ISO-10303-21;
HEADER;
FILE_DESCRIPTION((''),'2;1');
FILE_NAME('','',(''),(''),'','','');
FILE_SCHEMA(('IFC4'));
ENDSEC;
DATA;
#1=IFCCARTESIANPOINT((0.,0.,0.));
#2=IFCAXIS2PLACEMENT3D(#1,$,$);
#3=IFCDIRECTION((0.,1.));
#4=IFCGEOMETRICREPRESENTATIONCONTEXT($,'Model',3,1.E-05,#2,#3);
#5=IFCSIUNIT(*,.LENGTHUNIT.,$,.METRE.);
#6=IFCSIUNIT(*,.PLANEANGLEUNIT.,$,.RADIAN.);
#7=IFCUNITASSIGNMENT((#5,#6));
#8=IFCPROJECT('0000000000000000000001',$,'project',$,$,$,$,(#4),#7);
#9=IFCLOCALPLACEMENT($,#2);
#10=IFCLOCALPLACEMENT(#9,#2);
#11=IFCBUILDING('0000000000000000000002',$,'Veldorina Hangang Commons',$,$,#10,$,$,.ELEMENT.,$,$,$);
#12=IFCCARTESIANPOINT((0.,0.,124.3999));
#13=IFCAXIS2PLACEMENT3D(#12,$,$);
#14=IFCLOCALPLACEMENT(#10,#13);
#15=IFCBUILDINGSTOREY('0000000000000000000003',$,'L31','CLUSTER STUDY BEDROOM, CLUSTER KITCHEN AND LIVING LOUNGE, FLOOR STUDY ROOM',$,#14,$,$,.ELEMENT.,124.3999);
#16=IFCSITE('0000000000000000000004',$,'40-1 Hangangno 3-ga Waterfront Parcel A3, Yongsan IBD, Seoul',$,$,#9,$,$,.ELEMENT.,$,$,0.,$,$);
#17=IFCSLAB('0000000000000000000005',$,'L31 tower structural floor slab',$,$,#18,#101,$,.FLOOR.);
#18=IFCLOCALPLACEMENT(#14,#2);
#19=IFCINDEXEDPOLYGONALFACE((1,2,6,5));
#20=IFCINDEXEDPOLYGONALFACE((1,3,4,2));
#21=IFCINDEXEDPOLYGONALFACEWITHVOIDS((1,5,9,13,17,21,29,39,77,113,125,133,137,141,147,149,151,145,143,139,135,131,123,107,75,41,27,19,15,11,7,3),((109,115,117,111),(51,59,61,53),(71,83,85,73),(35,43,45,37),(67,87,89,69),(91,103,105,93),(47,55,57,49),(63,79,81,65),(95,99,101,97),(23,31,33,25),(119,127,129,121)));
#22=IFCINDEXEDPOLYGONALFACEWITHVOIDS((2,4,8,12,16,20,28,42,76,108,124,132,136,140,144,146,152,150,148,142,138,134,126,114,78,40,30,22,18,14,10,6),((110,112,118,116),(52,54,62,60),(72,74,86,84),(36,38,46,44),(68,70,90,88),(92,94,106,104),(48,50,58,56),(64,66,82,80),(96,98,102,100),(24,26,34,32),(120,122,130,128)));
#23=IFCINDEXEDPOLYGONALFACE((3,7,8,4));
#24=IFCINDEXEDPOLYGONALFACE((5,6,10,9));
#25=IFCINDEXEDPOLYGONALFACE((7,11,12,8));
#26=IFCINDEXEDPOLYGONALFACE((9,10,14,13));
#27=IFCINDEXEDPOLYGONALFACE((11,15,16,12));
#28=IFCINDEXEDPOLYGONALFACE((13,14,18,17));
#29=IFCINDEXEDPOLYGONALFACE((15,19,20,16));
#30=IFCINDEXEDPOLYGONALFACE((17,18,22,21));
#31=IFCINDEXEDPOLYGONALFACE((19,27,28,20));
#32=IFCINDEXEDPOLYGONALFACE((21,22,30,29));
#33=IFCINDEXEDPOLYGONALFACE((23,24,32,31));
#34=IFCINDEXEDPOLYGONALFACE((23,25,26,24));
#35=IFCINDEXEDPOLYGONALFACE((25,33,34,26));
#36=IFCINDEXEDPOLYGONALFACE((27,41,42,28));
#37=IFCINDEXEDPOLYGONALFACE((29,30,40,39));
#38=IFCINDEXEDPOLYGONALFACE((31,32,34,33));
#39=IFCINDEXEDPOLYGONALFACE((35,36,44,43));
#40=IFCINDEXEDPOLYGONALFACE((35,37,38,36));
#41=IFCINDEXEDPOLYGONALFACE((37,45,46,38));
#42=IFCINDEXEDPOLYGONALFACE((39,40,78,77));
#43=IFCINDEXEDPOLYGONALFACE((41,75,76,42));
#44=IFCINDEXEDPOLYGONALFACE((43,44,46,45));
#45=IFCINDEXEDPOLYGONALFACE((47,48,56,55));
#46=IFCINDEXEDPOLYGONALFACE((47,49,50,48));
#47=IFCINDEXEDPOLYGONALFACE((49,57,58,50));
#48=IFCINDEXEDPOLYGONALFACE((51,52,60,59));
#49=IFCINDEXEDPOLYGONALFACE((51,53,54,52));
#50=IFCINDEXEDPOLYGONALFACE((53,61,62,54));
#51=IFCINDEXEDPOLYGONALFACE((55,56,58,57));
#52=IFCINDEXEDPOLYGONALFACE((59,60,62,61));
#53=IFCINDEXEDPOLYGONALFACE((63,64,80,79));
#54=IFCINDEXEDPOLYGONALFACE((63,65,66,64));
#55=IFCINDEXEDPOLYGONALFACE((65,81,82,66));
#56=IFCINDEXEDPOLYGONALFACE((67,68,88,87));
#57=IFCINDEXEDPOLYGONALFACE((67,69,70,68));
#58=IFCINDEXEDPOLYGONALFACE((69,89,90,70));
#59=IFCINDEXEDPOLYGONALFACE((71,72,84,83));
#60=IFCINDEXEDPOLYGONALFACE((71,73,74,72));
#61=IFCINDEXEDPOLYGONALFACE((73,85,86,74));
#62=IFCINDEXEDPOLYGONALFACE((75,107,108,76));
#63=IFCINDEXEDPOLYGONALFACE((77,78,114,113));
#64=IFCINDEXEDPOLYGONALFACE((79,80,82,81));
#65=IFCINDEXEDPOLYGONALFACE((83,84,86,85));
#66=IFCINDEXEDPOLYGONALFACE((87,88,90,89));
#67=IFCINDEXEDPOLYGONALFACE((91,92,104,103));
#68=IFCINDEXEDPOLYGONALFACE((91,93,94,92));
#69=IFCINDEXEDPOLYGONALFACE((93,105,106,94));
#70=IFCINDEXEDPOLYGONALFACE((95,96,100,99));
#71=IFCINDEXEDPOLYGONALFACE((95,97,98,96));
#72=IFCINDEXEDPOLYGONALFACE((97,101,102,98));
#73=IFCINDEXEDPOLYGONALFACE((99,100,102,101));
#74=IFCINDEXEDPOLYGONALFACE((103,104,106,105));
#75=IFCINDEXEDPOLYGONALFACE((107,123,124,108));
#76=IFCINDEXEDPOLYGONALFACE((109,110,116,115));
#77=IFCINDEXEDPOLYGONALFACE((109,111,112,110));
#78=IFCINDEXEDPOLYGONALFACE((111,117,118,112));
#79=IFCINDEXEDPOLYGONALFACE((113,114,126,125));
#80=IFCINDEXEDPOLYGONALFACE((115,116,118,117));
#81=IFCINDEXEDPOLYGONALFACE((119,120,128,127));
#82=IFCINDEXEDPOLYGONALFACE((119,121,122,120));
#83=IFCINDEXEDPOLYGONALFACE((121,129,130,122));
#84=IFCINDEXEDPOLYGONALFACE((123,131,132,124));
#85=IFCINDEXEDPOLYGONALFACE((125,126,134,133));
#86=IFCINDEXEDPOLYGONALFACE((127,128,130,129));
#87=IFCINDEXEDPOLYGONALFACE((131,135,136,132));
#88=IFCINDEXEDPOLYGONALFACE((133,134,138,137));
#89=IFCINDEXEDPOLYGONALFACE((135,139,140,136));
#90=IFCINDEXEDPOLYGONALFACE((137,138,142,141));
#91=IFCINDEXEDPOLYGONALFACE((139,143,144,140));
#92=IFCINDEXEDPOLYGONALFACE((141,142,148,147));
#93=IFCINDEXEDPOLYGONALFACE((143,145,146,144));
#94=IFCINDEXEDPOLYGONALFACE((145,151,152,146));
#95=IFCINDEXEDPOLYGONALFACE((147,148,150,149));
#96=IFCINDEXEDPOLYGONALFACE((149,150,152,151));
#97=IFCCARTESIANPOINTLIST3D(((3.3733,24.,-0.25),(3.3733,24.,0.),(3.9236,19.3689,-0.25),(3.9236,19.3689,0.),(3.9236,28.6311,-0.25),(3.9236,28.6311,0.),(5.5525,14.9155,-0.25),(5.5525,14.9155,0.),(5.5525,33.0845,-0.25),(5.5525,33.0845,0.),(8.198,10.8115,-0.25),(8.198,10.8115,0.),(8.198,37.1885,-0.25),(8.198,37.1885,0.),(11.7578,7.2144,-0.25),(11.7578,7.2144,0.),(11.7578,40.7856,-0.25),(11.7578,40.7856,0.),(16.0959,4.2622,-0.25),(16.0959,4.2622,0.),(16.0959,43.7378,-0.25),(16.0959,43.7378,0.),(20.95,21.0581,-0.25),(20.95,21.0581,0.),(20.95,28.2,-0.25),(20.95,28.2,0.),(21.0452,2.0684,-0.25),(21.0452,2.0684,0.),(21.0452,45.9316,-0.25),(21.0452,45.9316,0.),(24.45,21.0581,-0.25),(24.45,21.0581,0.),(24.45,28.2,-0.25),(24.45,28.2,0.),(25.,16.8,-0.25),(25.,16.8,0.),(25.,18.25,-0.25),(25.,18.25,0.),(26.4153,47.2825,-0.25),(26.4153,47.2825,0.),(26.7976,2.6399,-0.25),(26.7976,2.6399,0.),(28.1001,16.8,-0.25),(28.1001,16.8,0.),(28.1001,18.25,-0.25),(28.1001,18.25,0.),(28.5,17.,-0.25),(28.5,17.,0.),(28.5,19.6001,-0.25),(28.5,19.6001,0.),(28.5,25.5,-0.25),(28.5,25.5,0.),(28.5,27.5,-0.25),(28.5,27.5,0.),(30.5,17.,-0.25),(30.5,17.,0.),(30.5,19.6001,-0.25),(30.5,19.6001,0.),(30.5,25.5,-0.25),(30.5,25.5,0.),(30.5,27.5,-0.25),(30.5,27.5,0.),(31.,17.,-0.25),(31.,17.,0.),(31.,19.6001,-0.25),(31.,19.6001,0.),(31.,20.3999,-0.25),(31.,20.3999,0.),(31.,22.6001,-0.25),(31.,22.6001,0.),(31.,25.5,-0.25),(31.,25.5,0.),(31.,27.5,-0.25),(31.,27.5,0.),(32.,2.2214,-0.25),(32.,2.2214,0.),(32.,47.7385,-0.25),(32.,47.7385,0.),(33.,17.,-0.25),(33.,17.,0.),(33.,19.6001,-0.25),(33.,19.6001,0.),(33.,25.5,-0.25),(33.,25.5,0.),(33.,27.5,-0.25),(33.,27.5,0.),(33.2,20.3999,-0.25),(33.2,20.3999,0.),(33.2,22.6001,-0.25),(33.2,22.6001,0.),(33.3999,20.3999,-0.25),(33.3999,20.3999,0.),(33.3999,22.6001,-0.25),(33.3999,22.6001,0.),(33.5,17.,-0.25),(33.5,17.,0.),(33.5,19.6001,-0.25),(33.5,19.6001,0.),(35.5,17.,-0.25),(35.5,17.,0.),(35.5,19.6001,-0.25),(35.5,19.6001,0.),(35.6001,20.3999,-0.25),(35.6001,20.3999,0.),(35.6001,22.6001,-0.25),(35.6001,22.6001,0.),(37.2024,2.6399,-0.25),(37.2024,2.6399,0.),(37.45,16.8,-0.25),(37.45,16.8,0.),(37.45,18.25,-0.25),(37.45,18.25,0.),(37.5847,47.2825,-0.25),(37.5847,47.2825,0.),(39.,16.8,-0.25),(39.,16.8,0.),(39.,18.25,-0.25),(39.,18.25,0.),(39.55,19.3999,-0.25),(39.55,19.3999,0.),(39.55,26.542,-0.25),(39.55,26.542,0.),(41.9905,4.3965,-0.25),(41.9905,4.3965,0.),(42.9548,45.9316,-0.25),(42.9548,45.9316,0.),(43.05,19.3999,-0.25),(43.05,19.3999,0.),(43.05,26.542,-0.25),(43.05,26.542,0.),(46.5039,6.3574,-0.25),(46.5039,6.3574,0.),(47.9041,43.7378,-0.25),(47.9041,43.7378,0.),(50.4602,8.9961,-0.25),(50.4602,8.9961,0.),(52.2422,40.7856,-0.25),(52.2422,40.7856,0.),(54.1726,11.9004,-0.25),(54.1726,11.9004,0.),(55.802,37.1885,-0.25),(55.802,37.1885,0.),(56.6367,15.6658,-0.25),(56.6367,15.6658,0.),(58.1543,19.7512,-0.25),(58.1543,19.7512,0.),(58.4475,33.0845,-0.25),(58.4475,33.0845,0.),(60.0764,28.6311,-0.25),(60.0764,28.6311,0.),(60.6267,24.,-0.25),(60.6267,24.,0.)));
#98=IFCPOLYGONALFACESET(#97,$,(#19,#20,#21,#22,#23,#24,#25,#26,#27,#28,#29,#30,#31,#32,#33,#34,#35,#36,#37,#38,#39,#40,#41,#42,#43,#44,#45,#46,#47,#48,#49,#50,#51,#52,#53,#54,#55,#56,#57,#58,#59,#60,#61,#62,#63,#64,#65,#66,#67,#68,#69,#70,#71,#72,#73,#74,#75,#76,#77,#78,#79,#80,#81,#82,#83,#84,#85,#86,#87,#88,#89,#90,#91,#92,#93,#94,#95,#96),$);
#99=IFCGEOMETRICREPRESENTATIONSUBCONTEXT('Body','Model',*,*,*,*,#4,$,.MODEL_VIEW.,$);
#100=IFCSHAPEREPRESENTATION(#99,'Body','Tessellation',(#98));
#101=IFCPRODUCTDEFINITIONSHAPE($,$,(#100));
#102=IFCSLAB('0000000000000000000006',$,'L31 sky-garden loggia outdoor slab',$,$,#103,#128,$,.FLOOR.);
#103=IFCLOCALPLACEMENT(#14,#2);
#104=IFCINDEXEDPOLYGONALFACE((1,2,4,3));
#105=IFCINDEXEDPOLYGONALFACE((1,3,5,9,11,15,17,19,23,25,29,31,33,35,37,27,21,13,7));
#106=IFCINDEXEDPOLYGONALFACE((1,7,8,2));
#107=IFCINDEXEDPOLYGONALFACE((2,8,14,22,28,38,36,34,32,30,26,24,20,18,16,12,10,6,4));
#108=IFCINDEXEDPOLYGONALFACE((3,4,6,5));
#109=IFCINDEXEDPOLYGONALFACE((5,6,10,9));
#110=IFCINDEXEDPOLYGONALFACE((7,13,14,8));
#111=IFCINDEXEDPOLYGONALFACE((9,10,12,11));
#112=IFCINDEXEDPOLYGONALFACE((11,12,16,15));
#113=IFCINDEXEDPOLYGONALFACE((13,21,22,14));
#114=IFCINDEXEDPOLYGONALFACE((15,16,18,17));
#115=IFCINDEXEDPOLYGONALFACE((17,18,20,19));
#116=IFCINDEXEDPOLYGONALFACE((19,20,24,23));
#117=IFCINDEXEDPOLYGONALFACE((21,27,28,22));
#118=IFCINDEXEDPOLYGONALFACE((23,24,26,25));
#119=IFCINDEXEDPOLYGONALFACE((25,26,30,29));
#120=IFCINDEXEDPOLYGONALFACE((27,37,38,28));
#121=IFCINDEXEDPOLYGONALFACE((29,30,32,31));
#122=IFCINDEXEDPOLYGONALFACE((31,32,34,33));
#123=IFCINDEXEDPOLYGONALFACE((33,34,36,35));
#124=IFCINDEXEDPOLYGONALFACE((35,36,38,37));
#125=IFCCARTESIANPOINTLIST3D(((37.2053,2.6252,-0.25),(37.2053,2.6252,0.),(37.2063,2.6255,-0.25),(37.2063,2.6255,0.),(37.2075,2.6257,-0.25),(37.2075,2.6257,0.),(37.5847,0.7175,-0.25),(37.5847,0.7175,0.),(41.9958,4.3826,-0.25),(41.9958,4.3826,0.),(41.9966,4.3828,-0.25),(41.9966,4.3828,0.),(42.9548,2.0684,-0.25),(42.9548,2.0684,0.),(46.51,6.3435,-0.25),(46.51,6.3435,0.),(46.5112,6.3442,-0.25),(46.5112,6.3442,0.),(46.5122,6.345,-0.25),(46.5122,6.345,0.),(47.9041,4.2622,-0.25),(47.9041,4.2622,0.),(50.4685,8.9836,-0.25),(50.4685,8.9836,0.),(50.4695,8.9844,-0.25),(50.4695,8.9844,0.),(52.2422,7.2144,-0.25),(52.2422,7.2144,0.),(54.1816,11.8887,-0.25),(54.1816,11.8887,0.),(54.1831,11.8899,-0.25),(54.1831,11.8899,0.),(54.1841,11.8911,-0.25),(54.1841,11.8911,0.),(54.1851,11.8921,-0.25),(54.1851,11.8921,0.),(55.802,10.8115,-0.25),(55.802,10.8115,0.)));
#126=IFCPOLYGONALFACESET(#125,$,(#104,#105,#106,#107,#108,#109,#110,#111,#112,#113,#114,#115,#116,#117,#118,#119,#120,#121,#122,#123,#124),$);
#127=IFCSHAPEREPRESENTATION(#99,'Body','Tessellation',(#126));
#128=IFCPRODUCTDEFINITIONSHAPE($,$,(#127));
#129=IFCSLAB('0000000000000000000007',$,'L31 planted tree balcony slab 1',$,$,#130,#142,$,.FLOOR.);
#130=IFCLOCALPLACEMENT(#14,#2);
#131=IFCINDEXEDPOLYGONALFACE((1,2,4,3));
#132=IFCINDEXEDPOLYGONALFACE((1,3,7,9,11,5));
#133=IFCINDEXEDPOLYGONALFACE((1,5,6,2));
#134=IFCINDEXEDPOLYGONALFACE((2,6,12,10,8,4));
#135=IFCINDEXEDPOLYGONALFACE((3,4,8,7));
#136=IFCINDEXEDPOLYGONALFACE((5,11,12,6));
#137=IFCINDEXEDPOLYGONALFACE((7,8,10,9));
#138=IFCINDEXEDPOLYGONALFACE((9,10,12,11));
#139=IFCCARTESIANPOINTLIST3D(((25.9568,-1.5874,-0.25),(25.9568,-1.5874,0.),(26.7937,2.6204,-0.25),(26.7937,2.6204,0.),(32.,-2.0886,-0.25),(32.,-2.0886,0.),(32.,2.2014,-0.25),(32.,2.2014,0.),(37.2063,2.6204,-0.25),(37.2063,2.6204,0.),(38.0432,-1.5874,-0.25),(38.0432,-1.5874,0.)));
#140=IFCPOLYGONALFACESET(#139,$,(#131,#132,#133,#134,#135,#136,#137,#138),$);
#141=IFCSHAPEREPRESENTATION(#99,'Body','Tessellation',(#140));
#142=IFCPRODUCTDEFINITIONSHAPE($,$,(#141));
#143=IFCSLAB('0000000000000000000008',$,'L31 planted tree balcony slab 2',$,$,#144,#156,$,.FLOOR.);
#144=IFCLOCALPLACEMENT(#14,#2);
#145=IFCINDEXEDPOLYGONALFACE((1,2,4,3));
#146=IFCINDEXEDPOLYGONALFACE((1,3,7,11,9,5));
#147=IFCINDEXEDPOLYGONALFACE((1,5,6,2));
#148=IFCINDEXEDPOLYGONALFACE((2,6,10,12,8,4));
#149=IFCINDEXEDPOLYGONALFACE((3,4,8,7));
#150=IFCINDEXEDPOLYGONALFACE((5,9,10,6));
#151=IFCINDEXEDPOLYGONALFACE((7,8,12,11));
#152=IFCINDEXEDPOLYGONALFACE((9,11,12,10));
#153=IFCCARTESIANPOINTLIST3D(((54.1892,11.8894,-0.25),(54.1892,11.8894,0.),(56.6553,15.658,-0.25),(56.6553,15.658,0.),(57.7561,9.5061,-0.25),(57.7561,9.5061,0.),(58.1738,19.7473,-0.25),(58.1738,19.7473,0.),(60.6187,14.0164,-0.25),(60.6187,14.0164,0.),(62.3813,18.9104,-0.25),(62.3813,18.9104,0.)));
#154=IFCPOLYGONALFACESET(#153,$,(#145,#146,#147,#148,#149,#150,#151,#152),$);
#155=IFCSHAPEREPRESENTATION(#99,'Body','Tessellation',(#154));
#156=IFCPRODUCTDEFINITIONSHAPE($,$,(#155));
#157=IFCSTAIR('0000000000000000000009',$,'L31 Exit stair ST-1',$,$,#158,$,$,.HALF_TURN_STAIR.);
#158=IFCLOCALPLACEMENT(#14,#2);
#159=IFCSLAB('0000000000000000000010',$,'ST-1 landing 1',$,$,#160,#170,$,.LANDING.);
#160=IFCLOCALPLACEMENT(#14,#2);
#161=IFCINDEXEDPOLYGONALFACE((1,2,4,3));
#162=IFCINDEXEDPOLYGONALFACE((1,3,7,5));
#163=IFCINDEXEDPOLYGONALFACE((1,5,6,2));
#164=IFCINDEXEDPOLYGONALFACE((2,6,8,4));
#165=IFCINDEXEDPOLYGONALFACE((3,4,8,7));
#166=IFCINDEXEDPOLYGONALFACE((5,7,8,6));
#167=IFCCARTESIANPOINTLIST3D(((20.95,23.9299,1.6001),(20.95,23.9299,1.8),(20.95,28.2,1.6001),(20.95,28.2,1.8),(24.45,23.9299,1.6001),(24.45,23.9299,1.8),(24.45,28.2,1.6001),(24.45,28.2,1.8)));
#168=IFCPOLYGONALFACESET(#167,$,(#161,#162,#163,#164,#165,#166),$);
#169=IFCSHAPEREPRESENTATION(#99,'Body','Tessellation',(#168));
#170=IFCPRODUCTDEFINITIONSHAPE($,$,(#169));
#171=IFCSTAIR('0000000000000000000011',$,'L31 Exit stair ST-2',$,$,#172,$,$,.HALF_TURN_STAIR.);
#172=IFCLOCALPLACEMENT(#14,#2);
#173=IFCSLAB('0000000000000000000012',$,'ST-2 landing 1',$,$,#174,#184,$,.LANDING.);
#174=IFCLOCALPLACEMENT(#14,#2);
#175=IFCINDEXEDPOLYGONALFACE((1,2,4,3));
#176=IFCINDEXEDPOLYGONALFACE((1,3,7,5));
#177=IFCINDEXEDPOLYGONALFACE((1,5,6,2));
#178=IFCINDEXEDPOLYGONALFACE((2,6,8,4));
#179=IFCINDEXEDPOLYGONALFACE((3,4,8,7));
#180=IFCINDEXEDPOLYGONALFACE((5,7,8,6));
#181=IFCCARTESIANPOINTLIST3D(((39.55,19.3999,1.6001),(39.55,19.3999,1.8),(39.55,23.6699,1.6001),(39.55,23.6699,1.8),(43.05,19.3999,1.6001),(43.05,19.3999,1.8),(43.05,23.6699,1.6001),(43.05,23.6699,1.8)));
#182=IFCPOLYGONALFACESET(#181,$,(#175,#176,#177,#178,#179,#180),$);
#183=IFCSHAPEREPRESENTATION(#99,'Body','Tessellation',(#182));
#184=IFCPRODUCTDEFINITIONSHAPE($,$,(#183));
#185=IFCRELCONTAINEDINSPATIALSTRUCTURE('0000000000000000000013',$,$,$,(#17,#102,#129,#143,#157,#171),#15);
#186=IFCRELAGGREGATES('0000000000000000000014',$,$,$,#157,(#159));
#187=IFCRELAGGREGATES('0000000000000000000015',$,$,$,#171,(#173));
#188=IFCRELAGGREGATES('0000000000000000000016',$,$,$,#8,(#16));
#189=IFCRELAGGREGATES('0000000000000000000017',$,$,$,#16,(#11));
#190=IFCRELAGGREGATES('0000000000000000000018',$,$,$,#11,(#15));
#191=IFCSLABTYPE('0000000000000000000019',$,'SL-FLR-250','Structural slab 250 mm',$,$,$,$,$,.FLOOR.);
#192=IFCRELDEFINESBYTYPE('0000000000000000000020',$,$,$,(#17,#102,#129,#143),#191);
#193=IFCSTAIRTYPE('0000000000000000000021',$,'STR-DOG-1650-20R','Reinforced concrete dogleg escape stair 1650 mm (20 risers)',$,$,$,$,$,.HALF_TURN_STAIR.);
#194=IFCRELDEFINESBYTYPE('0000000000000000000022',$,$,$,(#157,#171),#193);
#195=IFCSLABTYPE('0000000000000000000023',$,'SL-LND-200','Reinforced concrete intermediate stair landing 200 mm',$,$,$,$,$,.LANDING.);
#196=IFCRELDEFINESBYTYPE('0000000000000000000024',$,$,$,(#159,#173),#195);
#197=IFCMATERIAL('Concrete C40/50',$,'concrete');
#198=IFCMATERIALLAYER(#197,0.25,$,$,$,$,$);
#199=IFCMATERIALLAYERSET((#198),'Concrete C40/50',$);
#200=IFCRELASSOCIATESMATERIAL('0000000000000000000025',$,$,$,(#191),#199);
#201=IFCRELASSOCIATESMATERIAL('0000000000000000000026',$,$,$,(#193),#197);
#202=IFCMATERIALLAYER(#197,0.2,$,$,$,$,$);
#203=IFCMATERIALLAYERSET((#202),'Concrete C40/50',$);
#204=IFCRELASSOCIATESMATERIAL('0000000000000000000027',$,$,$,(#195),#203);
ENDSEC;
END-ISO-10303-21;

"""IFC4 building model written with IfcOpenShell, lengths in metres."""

from ifc_helpers import new_model, si_unit, direction, frame, origin, place, context, subcontext, project, spatial, polyline, outline, extrude, material, layer, layer_set, type_object, element, aggregate, save


model = new_model("IFC4")

# Units and contexts
model_context = context("Model", 3, precision=1e-05, world=origin(), true_north=direction((0.0, 1.0)))
body_context = subcontext(model_context, "Body", "Model", "MODEL_VIEW")
ifc_project = project(units=[si_unit("LENGTHUNIT", "METRE"), si_unit("PLANEANGLEUNIT", "RADIAN")], contexts=[model_context])

# Site, building, storey
site_placement = place(None, origin())
site = spatial("IfcSite", under=ifc_project, at=site_placement, Name="40-1 Hangangno 3-ga Waterfront Parcel A3, Yongsan IBD, Seoul", CompositionType="ELEMENT", RefElevation=0.0)
building_placement = place(site_placement, origin())
building = spatial("IfcBuilding", under=site, at=building_placement, Name="Veldorina Hangang Commons", CompositionType="ELEMENT")
storey_placement = place(building_placement, frame((0.0, 0.0, 124.3999)))
storey = spatial("IfcBuildingStorey", under=building, at=storey_placement, Name="L31", Description="CLUSTER STUDY BEDROOM, CLUSTER KITCHEN AND LIVING LOUNGE, FLOOR STUDY ROOM", CompositionType="ELEMENT", Elevation=124.3999)

# Slabs
ifc_material_1 = material(Name="Concrete C40/50", Category="concrete")
ifc_layer_1 = layer(ifc_material_1, 0.25)
ifc_layer_set_1 = layer_set([ifc_layer_1], Name="Concrete C40/50")
slab_type_1 = type_object("IfcSlabType", Name="SL-FLR-250", Description="Structural slab 250 mm", PredefinedType="FLOOR", material=ifc_layer_set_1)
slab_1_placement = place(storey_placement, frame((0.0, 0.0, -0.25)))
element("IfcSlab", 1, at=slab_1_placement, inside=storey, type_object=slab_type_1, Name="L31 tower structural floor slab", PredefinedType="FLOOR", context=body_context, shape_type="SweptSolid", body=[
    extrude(outline(polyline([(60.6267, 24.0), (60.0764, 28.6311), (58.4475, 33.0845), (55.802, 37.1885), (52.2422, 40.7856), (47.9041, 43.7378), (42.9548, 45.9316), (37.5847, 47.2825), (32.0, 47.7385), (26.4153, 47.2825), (21.0452, 45.9316), (16.0959, 43.7378), (11.7578, 40.7856), (8.198, 37.1885), (5.5525, 33.0845), (3.9236, 28.6311), (3.3733, 24.0), (3.9236, 19.3689), (5.5525, 14.9155), (8.198, 10.8115), (11.7578, 7.2144), (16.0959, 4.2622), (21.0452, 2.0684), (26.7976, 2.6399), (32.0, 2.2214), (37.2024, 2.6399), (41.9905, 4.3965), (46.5039, 6.3574), (50.4602, 8.9961), (54.1726, 11.9004), (56.6367, 15.6658), (58.1543, 19.7512), (60.6267, 24.0)]), holes=[polyline([(20.95, 21.0581), (20.95, 28.2), (24.45, 28.2), (24.45, 21.0581), (20.95, 21.0581)]), polyline([(43.05, 26.542), (43.05, 19.3999), (39.55, 19.3999), (39.55, 26.542), (43.05, 26.542)]), polyline([(28.5, 27.5), (30.5, 27.5), (30.5, 25.5), (28.5, 25.5), (28.5, 27.5)]), polyline([(31.0, 27.5), (33.0, 27.5), (33.0, 25.5), (31.0, 25.5), (31.0, 27.5)]), polyline([(31.0, 22.6001), (33.2, 22.6001), (33.2, 20.3999), (31.0, 20.3999), (31.0, 22.6001)]), polyline([(33.3999, 22.6001), (35.6001, 22.6001), (35.6001, 20.3999), (33.3999, 20.3999), (33.3999, 22.6001)]), polyline([(28.5, 19.6001), (30.5, 19.6001), (30.5, 17.0), (28.5, 17.0), (28.5, 19.6001)]), polyline([(31.0, 19.6001), (33.0, 19.6001), (33.0, 17.0), (31.0, 17.0), (31.0, 19.6001)]), polyline([(33.5, 19.6001), (35.5, 19.6001), (35.5, 17.0), (33.5, 17.0), (33.5, 19.6001)]), polyline([(25.0, 18.25), (28.1001, 18.25), (28.1001, 16.8), (25.0, 16.8), (25.0, 18.25)]), polyline([(37.45, 18.25), (39.0, 18.25), (39.0, 16.8), (37.45, 16.8), (37.45, 18.25)])]), origin(), (0.0, 0.0, 1.0), 0.25),
])
slab_2_placement = place(storey_placement, frame((0.0, 0.0, -0.25)))
element("IfcSlab", 2, at=slab_2_placement, inside=storey, type_object=slab_type_1, Name="L31 sky-garden loggia outdoor slab", PredefinedType="FLOOR", context=body_context, shape_type="SweptSolid", body=[
    extrude(outline(polyline([(55.802, 10.8115), (52.2422, 7.2144), (47.9041, 4.2622), (42.9548, 2.0684), (37.5847, 0.7175), (37.2053, 2.6252), (37.2063, 2.6255), (37.2075, 2.6257), (41.9958, 4.3826), (41.9966, 4.3828), (46.51, 6.3435), (46.5112, 6.3442), (46.5122, 6.345), (50.4685, 8.9836), (50.4695, 8.9844), (54.1816, 11.8887), (54.1831, 11.8899), (54.1841, 11.8911), (54.1851, 11.8921), (55.802, 10.8115)])), origin(), (0.0, 0.0, 1.0), 0.25),
])
slab_3_placement = place(storey_placement, frame((0.0, 0.0, -0.25)))
element("IfcSlab", 3, at=slab_3_placement, inside=storey, type_object=slab_type_1, Name="L31 planted tree balcony slab 1", PredefinedType="FLOOR", context=body_context, shape_type="SweptSolid", body=[
    extrude(outline(polyline([(32.0, 2.2014), (37.2063, 2.6204), (38.0432, -1.5874), (32.0, -2.0886), (25.9568, -1.5874), (26.7937, 2.6204), (32.0, 2.2014)])), origin(), (0.0, 0.0, 1.0), 0.25),
])
slab_4_placement = place(storey_placement, frame((0.0, 0.0, -0.25)))
element("IfcSlab", 4, at=slab_4_placement, inside=storey, type_object=slab_type_1, Name="L31 planted tree balcony slab 2", PredefinedType="FLOOR", context=body_context, shape_type="SweptSolid", body=[
    extrude(outline(polyline([(56.6553, 15.658), (58.1738, 19.7473), (62.3813, 18.9104), (60.6187, 14.0164), (57.7561, 9.5061), (54.1892, 11.8894), (56.6553, 15.658)])), origin(), (0.0, 0.0, 1.0), 0.25),
])

# Stairs, slabs
stair_type = type_object("IfcStairType", Name="STR-DOG-1650-20R", Description="Reinforced concrete dogleg escape stair 1650 mm (20 risers)", PredefinedType="HALF_TURN_STAIR", material=ifc_material_1)
stair_1_placement = place(storey_placement, origin())
stair_1 = element("IfcStair", 5, at=stair_1_placement, inside=storey, type_object=stair_type, Name="L31 Exit stair ST-1", PredefinedType="HALF_TURN_STAIR")
ifc_layer_2 = layer(ifc_material_1, 0.2)
ifc_layer_set_2 = layer_set([ifc_layer_2], Name="Concrete C40/50")
slab_type_2 = type_object("IfcSlabType", Name="SL-LND-200", Description="Reinforced concrete intermediate stair landing 200 mm", PredefinedType="LANDING", material=ifc_layer_set_2)
slab_5_placement = place(storey_placement, frame((0.0, 0.0, 1.6001)))
slab_5 = element("IfcSlab", 6, at=slab_5_placement, type_object=slab_type_2, Name="ST-1 landing 1", PredefinedType="LANDING", context=body_context, shape_type="SweptSolid", body=[
    extrude(outline(polyline([(24.45, 23.9299), (24.45, 28.2), (20.95, 28.2), (20.95, 23.9299), (24.45, 23.9299)])), origin(), (0.0, 0.0, 1.0), 0.2),
])
aggregate(stair_1, [slab_5])
stair_2_placement = place(storey_placement, origin())
stair_2 = element("IfcStair", 7, at=stair_2_placement, inside=storey, type_object=stair_type, Name="L31 Exit stair ST-2", PredefinedType="HALF_TURN_STAIR")
slab_6_placement = place(storey_placement, frame((0.0, 0.0, 1.6001)))
slab_6 = element("IfcSlab", 8, at=slab_6_placement, type_object=slab_type_2, Name="ST-2 landing 1", PredefinedType="LANDING", context=body_context, shape_type="SweptSolid", body=[
    extrude(outline(polyline([(39.55, 23.6699), (39.55, 19.3999), (43.05, 19.3999), (43.05, 23.6699), (39.55, 23.6699)])), origin(), (0.0, 0.0, 1.0), 0.2),
])
aggregate(stair_2, [slab_6])

save(model, "model.ifc")
